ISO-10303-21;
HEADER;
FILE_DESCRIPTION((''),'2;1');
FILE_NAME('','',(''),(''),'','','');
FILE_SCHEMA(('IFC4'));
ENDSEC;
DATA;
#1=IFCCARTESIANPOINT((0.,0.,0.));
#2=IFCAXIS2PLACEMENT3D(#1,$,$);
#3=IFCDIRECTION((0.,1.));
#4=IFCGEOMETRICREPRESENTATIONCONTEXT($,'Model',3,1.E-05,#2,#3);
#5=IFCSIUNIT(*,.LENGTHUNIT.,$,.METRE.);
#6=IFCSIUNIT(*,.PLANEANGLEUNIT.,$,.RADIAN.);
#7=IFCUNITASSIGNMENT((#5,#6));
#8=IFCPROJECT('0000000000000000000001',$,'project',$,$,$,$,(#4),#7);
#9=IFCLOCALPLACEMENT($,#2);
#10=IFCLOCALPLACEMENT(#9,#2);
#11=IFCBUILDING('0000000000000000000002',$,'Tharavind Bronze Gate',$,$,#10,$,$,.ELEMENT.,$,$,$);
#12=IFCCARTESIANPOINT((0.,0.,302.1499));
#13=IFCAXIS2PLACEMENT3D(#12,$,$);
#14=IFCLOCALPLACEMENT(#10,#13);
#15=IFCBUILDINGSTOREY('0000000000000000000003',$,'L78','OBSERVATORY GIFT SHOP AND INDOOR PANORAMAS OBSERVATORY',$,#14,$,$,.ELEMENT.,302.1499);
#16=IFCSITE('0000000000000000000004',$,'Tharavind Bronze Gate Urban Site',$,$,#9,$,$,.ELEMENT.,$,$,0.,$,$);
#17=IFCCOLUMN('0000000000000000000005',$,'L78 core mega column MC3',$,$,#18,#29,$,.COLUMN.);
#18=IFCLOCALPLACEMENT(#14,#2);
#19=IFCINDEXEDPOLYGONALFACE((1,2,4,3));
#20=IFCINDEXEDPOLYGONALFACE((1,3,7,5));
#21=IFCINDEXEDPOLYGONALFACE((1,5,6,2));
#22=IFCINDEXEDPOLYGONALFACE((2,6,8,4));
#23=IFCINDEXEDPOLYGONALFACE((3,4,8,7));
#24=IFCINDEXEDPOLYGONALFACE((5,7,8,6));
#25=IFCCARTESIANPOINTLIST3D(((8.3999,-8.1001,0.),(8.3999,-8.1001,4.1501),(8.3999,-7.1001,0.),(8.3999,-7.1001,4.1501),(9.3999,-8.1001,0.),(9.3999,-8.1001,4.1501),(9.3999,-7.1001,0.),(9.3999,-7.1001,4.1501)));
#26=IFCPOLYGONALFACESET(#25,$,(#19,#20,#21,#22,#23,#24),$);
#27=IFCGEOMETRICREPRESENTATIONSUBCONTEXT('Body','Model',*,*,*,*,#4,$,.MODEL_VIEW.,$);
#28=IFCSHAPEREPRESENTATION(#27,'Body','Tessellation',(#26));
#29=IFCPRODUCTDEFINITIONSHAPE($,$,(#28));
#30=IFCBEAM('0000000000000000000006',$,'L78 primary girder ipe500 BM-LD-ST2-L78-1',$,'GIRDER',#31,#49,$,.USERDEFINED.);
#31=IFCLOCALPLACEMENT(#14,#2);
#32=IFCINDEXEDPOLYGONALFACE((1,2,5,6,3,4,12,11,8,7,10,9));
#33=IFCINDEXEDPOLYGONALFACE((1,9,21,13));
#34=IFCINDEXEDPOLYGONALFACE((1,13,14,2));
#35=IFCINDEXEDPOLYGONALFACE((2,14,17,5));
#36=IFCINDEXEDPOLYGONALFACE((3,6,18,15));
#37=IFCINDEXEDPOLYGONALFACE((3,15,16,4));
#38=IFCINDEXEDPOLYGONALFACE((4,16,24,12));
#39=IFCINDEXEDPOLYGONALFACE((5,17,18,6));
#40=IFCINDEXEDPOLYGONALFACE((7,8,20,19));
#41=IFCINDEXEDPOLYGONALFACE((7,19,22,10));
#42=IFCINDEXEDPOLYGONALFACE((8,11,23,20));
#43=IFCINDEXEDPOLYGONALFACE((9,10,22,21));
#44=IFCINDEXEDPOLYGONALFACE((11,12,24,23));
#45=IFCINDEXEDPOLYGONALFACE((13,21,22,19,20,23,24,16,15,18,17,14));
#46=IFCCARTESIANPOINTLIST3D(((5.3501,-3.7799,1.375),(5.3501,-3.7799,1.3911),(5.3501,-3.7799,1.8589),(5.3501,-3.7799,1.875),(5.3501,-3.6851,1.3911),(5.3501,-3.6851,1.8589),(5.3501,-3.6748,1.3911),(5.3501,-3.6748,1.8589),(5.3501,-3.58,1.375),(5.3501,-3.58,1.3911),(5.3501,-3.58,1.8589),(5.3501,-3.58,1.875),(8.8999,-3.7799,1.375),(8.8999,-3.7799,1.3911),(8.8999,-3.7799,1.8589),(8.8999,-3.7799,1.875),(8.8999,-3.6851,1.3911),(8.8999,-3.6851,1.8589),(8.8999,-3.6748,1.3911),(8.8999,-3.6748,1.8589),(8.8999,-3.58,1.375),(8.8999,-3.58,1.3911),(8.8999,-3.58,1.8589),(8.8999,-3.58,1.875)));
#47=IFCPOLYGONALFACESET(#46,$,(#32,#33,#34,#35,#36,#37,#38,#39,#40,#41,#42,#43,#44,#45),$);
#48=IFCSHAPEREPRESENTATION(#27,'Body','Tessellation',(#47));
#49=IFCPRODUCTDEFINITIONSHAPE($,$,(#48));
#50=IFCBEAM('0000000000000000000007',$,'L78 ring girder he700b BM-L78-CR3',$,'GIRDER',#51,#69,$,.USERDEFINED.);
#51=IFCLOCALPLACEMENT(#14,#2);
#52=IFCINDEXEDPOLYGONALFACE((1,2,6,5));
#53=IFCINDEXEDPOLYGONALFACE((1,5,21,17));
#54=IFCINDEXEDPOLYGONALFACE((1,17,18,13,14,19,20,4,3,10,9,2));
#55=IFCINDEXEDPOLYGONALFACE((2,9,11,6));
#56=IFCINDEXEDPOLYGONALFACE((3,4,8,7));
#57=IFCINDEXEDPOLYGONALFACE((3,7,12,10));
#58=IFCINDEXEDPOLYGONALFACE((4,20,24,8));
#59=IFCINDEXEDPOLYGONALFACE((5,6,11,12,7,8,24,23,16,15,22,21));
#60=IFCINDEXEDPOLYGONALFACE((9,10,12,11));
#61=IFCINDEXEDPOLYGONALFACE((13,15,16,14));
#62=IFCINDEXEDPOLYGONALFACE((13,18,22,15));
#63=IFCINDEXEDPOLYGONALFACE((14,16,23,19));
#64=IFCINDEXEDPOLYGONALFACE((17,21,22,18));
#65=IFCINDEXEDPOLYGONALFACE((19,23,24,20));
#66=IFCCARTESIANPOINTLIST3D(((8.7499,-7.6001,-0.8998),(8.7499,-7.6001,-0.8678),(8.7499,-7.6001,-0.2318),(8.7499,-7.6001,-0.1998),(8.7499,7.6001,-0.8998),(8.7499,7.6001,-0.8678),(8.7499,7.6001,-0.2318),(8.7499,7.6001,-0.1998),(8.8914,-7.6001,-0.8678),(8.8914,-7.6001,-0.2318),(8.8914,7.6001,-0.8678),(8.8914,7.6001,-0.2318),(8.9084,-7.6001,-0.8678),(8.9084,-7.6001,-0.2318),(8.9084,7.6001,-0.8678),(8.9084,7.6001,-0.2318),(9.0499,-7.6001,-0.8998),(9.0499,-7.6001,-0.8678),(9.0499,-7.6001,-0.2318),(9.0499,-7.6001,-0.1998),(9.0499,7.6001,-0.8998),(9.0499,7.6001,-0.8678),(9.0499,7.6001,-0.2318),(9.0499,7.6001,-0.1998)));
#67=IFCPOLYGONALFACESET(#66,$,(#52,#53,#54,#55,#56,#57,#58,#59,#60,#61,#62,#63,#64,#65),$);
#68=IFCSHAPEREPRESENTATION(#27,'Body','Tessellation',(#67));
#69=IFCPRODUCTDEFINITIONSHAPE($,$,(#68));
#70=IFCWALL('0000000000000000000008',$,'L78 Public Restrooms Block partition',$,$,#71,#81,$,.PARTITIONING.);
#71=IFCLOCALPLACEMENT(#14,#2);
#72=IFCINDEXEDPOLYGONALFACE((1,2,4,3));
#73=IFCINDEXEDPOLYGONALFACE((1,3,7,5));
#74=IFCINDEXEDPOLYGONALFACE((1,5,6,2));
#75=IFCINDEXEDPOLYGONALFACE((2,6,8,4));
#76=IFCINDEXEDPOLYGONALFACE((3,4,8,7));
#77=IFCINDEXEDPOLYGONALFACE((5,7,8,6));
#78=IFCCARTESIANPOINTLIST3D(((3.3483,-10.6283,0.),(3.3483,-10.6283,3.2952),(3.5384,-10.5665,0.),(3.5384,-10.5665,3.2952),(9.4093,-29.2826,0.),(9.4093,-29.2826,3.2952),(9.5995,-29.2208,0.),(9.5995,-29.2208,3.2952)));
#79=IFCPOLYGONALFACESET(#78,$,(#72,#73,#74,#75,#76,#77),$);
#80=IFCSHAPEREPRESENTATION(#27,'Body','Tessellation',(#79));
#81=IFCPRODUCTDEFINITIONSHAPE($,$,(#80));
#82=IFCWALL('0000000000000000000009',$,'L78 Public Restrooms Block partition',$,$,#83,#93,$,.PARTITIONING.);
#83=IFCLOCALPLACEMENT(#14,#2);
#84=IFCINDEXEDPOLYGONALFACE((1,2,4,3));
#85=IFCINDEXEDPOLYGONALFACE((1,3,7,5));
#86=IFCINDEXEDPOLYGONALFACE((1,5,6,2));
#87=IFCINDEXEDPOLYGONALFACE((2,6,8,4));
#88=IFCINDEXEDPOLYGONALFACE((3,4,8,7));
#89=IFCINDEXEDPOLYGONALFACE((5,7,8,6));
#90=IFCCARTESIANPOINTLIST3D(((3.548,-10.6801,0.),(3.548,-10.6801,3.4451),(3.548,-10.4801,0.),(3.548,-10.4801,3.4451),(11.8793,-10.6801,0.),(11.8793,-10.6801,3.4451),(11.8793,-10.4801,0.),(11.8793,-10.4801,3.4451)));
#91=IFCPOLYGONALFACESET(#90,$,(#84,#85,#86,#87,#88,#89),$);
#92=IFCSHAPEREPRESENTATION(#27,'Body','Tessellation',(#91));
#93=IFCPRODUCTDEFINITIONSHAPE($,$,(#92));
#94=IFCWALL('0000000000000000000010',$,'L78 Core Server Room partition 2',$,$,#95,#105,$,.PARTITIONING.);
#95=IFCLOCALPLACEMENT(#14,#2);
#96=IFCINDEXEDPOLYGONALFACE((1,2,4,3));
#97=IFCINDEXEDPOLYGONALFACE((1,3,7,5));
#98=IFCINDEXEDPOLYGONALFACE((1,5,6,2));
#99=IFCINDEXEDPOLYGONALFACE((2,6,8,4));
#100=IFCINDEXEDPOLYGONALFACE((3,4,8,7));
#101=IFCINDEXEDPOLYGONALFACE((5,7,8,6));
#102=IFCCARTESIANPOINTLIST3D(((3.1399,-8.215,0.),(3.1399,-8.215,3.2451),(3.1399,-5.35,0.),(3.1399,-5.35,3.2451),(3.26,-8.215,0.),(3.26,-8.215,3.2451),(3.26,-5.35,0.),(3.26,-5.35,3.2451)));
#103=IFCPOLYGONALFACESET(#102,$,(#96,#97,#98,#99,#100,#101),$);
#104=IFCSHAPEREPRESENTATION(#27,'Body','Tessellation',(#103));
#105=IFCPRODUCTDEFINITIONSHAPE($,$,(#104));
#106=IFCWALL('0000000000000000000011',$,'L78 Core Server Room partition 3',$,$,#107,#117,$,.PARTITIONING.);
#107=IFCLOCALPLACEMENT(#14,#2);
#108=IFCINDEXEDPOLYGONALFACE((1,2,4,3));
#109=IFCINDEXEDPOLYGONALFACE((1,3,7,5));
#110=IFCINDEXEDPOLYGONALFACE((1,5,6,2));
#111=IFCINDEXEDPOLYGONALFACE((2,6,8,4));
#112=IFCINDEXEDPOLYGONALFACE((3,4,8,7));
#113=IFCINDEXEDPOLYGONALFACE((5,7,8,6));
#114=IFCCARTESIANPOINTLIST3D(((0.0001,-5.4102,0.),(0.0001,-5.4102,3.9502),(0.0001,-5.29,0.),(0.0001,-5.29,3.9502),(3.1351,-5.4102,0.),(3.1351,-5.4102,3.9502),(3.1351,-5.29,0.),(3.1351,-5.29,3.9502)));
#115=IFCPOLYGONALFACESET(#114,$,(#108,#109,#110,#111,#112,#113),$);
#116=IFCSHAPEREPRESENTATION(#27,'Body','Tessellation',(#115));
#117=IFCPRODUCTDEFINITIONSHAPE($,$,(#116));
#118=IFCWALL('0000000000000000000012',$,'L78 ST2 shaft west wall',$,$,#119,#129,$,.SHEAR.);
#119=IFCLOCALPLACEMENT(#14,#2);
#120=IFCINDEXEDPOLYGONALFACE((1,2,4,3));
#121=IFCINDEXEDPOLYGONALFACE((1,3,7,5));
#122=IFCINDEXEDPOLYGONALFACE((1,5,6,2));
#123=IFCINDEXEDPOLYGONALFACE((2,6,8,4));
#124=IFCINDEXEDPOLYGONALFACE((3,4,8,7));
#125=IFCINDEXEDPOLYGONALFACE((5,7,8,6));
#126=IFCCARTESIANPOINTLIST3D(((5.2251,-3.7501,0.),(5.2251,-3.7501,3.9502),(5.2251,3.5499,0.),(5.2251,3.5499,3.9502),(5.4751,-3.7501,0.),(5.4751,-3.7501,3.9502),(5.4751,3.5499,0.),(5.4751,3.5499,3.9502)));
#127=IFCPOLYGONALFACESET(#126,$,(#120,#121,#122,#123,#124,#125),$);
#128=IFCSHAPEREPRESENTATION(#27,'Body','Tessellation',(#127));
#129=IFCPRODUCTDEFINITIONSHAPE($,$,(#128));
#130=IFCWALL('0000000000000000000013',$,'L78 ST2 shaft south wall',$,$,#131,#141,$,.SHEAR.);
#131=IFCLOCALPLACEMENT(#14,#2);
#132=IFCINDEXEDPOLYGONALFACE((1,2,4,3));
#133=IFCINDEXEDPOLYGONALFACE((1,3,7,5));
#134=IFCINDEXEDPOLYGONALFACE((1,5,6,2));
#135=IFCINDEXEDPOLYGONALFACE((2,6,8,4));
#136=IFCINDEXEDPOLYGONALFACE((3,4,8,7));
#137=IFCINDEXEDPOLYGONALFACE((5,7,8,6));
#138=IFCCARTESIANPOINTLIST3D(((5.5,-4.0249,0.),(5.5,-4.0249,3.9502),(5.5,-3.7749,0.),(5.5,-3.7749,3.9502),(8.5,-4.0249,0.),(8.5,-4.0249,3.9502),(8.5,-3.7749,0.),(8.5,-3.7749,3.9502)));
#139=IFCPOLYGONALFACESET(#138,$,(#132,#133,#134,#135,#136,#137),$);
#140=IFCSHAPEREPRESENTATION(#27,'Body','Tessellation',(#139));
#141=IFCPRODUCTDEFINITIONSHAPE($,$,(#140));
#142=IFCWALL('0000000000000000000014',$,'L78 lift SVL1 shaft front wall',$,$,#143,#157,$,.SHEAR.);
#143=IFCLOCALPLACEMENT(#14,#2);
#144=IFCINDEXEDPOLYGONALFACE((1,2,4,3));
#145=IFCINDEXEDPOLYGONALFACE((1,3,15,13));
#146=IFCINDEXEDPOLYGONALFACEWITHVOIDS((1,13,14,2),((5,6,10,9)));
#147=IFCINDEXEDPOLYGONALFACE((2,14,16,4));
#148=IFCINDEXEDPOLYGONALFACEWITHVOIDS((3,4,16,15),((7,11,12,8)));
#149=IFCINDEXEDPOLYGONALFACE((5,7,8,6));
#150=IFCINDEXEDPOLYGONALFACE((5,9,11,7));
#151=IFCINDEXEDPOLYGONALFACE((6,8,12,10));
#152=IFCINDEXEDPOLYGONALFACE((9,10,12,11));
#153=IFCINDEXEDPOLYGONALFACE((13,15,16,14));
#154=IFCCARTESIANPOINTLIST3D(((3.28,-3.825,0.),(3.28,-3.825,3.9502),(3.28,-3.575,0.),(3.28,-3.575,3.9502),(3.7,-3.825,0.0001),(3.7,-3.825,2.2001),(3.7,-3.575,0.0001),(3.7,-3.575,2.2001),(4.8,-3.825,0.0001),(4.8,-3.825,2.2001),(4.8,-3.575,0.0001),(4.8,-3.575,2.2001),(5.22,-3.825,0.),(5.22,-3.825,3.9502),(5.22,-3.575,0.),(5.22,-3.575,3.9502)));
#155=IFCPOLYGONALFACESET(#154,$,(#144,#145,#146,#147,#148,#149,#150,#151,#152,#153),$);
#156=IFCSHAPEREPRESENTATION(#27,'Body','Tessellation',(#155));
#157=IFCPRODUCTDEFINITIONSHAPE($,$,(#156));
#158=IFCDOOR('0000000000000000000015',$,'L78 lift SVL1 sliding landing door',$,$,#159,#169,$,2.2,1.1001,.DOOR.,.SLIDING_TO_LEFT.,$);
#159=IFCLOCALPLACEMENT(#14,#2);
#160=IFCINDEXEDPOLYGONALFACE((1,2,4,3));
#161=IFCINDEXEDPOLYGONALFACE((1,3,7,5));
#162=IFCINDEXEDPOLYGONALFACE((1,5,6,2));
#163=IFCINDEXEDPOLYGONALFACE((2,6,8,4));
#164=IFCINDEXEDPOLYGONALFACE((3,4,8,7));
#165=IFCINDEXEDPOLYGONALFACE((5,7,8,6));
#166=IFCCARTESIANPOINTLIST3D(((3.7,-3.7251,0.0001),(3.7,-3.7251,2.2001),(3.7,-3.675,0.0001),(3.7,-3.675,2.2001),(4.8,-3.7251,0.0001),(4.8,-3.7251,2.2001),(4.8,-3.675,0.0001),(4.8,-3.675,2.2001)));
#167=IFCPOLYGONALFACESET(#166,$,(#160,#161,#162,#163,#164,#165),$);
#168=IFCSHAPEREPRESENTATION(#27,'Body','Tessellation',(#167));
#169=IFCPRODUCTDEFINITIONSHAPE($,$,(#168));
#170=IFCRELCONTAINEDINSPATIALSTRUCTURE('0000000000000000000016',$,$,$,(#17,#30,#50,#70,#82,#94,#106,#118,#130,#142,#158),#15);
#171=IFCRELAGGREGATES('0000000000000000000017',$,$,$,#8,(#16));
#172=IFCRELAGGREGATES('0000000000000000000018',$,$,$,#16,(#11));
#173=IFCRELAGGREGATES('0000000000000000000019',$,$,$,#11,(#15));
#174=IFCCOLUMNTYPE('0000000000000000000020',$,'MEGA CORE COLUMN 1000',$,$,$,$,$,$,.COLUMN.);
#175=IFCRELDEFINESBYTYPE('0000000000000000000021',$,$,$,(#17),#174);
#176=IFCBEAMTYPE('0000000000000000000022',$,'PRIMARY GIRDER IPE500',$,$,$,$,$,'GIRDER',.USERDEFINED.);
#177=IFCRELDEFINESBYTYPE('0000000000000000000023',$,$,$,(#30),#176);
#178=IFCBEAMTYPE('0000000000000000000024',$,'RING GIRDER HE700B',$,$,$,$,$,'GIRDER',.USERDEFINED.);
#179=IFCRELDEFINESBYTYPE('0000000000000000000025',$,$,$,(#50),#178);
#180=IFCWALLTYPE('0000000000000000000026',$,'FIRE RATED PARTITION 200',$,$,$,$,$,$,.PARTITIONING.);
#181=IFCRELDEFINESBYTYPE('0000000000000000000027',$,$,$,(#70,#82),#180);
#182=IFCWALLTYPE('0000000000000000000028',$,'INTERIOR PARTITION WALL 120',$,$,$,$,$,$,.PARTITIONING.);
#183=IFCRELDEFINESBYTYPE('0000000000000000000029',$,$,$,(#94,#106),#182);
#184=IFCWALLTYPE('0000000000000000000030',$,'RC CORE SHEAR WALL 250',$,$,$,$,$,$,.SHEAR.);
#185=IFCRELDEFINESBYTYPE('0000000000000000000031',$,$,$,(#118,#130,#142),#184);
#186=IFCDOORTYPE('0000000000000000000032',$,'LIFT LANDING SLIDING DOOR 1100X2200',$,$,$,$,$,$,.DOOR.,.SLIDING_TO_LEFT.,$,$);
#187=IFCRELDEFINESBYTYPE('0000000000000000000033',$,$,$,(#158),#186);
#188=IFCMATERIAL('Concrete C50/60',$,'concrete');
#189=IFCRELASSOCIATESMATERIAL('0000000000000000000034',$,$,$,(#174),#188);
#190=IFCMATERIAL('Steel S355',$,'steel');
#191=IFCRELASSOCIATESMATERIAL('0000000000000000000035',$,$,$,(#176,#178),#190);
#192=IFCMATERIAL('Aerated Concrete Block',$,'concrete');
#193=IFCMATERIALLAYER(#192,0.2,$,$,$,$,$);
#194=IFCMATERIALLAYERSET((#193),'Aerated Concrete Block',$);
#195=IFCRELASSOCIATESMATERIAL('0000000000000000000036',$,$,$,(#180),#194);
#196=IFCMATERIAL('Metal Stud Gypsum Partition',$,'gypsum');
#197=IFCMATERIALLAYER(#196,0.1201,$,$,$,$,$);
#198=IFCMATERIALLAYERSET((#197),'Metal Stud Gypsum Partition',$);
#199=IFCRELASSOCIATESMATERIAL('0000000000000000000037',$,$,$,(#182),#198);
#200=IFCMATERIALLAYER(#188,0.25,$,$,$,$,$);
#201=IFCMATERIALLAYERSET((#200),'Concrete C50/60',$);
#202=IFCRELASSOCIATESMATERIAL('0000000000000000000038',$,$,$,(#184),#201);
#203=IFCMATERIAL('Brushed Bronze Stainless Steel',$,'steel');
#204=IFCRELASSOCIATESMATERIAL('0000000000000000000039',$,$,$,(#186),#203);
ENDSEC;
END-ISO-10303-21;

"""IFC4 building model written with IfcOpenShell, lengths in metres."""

from ifc_helpers import new_model, si_unit, direction, frame, frame_2d, origin, origin_2d, place, context, subcontext, project, spatial, rectangle, i_section, extrude, material, layer, layer_set, material_profile, profile_set, type_object, element, fill, save


model = new_model("IFC4")

# Units and contexts
model_context = context("Model", 3, precision=1e-05, world=origin(), true_north=direction((0.0, 1.0)))
body_context = subcontext(model_context, "Body", "Model", "MODEL_VIEW")
ifc_project = project(units=[si_unit("LENGTHUNIT", "METRE"), si_unit("PLANEANGLEUNIT", "RADIAN")], contexts=[model_context])

# Site, building, storey
site_placement = place(None, origin())
site = spatial("IfcSite", under=ifc_project, at=site_placement, Name="Tharavind Bronze Gate Urban Site", CompositionType="ELEMENT", RefElevation=0.0)
building_placement = place(site_placement, origin())
building = spatial("IfcBuilding", under=site, at=building_placement, Name="Tharavind Bronze Gate", CompositionType="ELEMENT")
storey_placement = place(building_placement, frame((0.0, 0.0, 302.1499)))
storey = spatial("IfcBuildingStorey", under=building, at=storey_placement, Name="L78", Description="OBSERVATORY GIFT SHOP AND INDOOR PANORAMAS OBSERVATORY", CompositionType="ELEMENT", Elevation=302.1499)

# Column
ifc_material_1 = material(Name="Concrete C50/60", Category="concrete")
ifc_material_profile_1 = material_profile(ifc_material_1, rectangle(XDim=1.0, YDim=1.0, at=origin_2d()), Name="RCCOL1000")
ifc_profile_set_1 = profile_set([ifc_material_profile_1], Name="Concrete C50/60")
column_type = type_object("IfcColumnType", Name="MEGA CORE COLUMN 1000", PredefinedType="COLUMN", material=ifc_profile_set_1)
column_placement = place(storey_placement, frame((8.8999, -7.6001, 0.0), z_axis=(0.0, 0.0, 1.0), x_axis=(1.0, 0.0, 0.0)))
element("IfcColumn", 1, at=column_placement, inside=storey, type_object=column_type, Name="L78 core mega column MC3", PredefinedType="COLUMN", context=body_context, shape_type="SweptSolid", body=[
    extrude(rectangle(XDim=1.0, YDim=1.0, at=origin_2d()), origin(), (0.0, 0.0, 1.0), 4.1501),
])

# Beams
ifc_material_2 = material(Name="Steel S355", Category="steel")
ifc_material_profile_2 = material_profile(ifc_material_2, i_section(OverallWidth=0.2, OverallDepth=0.5, WebThickness=0.0103, FlangeThickness=0.0161, at=origin_2d()), Name="IPE500")
ifc_profile_set_2 = profile_set([ifc_material_profile_2], Name="Steel S355")
beam_type_1 = type_object("IfcBeamType", Name="PRIMARY GIRDER IPE500", ElementType="GIRDER", PredefinedType="USERDEFINED", material=ifc_profile_set_2)
beam_1_placement = place(storey_placement, frame((5.3501, -3.6799, 1.625), z_axis=(1.0, 0.0, 0.0), x_axis=(0.0, 1.0, 0.0)))
element("IfcBeam", 2, at=beam_1_placement, inside=storey, type_object=beam_type_1, Name="L78 primary girder ipe500 BM-LD-ST2-L78-1", ObjectType="GIRDER", PredefinedType="USERDEFINED", context=body_context, shape_type="SweptSolid", body=[
    extrude(i_section(OverallWidth=0.2, OverallDepth=0.5, WebThickness=0.0103, FlangeThickness=0.0161, at=origin_2d()), origin(), (0.0, 0.0, 1.0), 3.5498),
])
ifc_material_profile_3 = material_profile(ifc_material_2, i_section(OverallWidth=0.3, OverallDepth=0.7, WebThickness=0.0171, FlangeThickness=0.032, at=origin_2d()), Name="HE700B")
ifc_profile_set_3 = profile_set([ifc_material_profile_3], Name="Steel S355")
beam_type_2 = type_object("IfcBeamType", Name="RING GIRDER HE700B", ElementType="GIRDER", PredefinedType="USERDEFINED", material=ifc_profile_set_3)
beam_2_placement = place(storey_placement, frame((8.8999, -7.6001, -0.5498), z_axis=(0.0, 1.0, 0.0), x_axis=(-1.0, 0.0, 0.0)))
element("IfcBeam", 3, at=beam_2_placement, inside=storey, type_object=beam_type_2, Name="L78 ring girder he700b BM-L78-CR3", ObjectType="GIRDER", PredefinedType="USERDEFINED", context=body_context, shape_type="SweptSolid", body=[
    extrude(i_section(OverallWidth=0.3, OverallDepth=0.7, WebThickness=0.0171, FlangeThickness=0.032, at=origin_2d()), origin(), (0.0, 0.0, 1.0), 15.2002),
])

# Walls
ifc_material_3 = material(Name="Aerated Concrete Block", Category="concrete")
ifc_layer_1 = layer(ifc_material_3, 0.2)
ifc_layer_set_1 = layer_set([ifc_layer_1], Name="Aerated Concrete Block")
wall_type_1 = type_object("IfcWallType", Name="FIRE RATED PARTITION 200", PredefinedType="PARTITIONING", material=ifc_layer_set_1)
wall_1_placement = place(storey_placement, frame((3.4434, -10.5974, 0.0), z_axis=(0.0, 0.0, 1.0), x_axis=(0.309012, -0.951058, 0.0)))
element("IfcWall", 4, at=wall_1_placement, inside=storey, type_object=wall_type_1, Name="L78 Public Restrooms Block partition", PredefinedType="PARTITIONING", context=body_context, shape_type="SweptSolid", body=[
    extrude(rectangle(XDim=19.6143, YDim=0.2, at=frame_2d((9.8071, 0.0))), origin(), (0.0, 0.0, 1.0), 3.2952),
])
wall_2_placement = place(storey_placement, frame((3.5481, -10.5801, 0.0), z_axis=(0.0, 0.0, 1.0), x_axis=(1.0, 0.0, 0.0)))
element("IfcWall", 5, at=wall_2_placement, inside=storey, type_object=wall_type_1, Name="L78 Public Restrooms Block partition", PredefinedType="PARTITIONING", context=body_context, shape_type="SweptSolid", body=[
    extrude(rectangle(XDim=8.3313, YDim=0.2, at=frame_2d((4.1655, 0.0))), origin(), (0.0, 0.0, 1.0), 3.4451),
])
ifc_material_4 = material(Name="Metal Stud Gypsum Partition", Category="gypsum")
ifc_layer_2 = layer(ifc_material_4, 0.1201)
ifc_layer_set_2 = layer_set([ifc_layer_2], Name="Metal Stud Gypsum Partition")
wall_type_2 = type_object("IfcWallType", Name="INTERIOR PARTITION WALL 120", PredefinedType="PARTITIONING", material=ifc_layer_set_2)
wall_3_placement = place(storey_placement, frame((3.2, -8.2151, 0.0), z_axis=(0.0, 0.0, 1.0), x_axis=(0.0, 1.0, 0.0)))
element("IfcWall", 6, at=wall_3_placement, inside=storey, type_object=wall_type_2, Name="L78 Core Server Room partition 2", PredefinedType="PARTITIONING", context=body_context, shape_type="SweptSolid", body=[
    extrude(rectangle(XDim=2.865, YDim=0.1201, at=frame_2d((1.4326, 0.0))), origin(), (0.0, 0.0, 1.0), 3.2451),
])
wall_4_placement = place(storey_placement, frame((3.135, -5.3501, 0.0), z_axis=(0.0, 0.0, 1.0), x_axis=(-1.0, 0.0, 0.0)))
element("IfcWall", 7, at=wall_4_placement, inside=storey, type_object=wall_type_2, Name="L78 Core Server Room partition 3", PredefinedType="PARTITIONING", context=body_context, shape_type="SweptSolid", body=[
    extrude(rectangle(XDim=3.135, YDim=0.1201, at=frame_2d((1.5674, 0.0))), origin(), (0.0, 0.0, 1.0), 3.9502),
])
ifc_layer_3 = layer(ifc_material_1, 0.25)
ifc_layer_set_3 = layer_set([ifc_layer_3], Name="Concrete C50/60")
wall_type_3 = type_object("IfcWallType", Name="RC CORE SHEAR WALL 250", PredefinedType="SHEAR", material=ifc_layer_set_3)
wall_5_placement = place(storey_placement, frame((5.3501, -3.75, 0.0), z_axis=(0.0, 0.0, 1.0), x_axis=(0.0, 1.0, 0.0)))
element("IfcWall", 8, at=wall_5_placement, inside=storey, type_object=wall_type_3, Name="L78 ST2 shaft west wall", PredefinedType="SHEAR", context=body_context, shape_type="SweptSolid", body=[
    extrude(rectangle(XDim=7.3, YDim=0.25, at=frame_2d((3.6499, 0.0))), origin(), (0.0, 0.0, 1.0), 3.9502),
])
wall_6_placement = place(storey_placement, frame((5.5, -3.8999, 0.0), z_axis=(0.0, 0.0, 1.0), x_axis=(1.0, 0.0, 0.0)))
element("IfcWall", 9, at=wall_6_placement, inside=storey, type_object=wall_type_3, Name="L78 ST2 shaft south wall", PredefinedType="SHEAR", context=body_context, shape_type="SweptSolid", body=[
    extrude(rectangle(XDim=3.0, YDim=0.25, at=frame_2d((1.5, 0.0))), origin(), (0.0, 0.0, 1.0), 3.9502),
])

# Wall, opening, door
wall_7_placement = place(storey_placement, frame((3.28, -3.7, 0.0), z_axis=(0.0, 0.0, 1.0), x_axis=(1.0, 0.0, 0.0)))
wall_7 = element("IfcWall", 10, at=wall_7_placement, inside=storey, type_object=wall_type_3, Name="L78 lift SVL1 shaft front wall", PredefinedType="SHEAR", context=body_context, shape_type="SweptSolid", body=[
    extrude(rectangle(XDim=1.9399, YDim=0.25, at=frame_2d((0.97, 0.0))), origin(), (0.0, 0.0, 1.0), 3.9502),
])
opening_placement = place(wall_7_placement, frame((0.4199, 0.0, 0.0)))
opening = element("IfcOpeningElement", 11, at=opening_placement, cuts=wall_7, PredefinedType="OPENING", context=body_context, shape_type="SweptSolid", body=[
    extrude(rectangle(XDim=1.1001, YDim=2.2, at=frame_2d((0.55, 1.1001))), frame((0.0, 0.135, 0.0), z_axis=(0.0, -1.0, 0.0), x_axis=(1.0, 0.0, 0.0)), (0.0, 0.0, 1.0), 0.27),
])
ifc_material_5 = material(Name="Brushed Bronze Stainless Steel", Category="steel")
door_type = type_object("IfcDoorType", Name="LIFT LANDING SLIDING DOOR 1100X2200", OperationType="SLIDING_TO_LEFT", PredefinedType="DOOR", material=ifc_material_5)
door_placement = place(opening_placement, origin())
door = element("IfcDoor", 12, at=door_placement, inside=storey, type_object=door_type, Name="L78 lift SVL1 sliding landing door", OperationType="SLIDING_TO_LEFT", OverallHeight=2.2, OverallWidth=1.1001, PredefinedType="DOOR", context=body_context, shape_type="SweptSolid", body=[
    extrude(rectangle(XDim=1.1001, YDim=2.2, at=frame_2d((0.55, 1.1001))), frame((0.0, 0.0249, 0.0), z_axis=(0.0, -1.0, 0.0), x_axis=(1.0, 0.0, 0.0)), (0.0, 0.0, 1.0), 0.05),
])
fill(opening, door)

save(model, "model.ifc")
